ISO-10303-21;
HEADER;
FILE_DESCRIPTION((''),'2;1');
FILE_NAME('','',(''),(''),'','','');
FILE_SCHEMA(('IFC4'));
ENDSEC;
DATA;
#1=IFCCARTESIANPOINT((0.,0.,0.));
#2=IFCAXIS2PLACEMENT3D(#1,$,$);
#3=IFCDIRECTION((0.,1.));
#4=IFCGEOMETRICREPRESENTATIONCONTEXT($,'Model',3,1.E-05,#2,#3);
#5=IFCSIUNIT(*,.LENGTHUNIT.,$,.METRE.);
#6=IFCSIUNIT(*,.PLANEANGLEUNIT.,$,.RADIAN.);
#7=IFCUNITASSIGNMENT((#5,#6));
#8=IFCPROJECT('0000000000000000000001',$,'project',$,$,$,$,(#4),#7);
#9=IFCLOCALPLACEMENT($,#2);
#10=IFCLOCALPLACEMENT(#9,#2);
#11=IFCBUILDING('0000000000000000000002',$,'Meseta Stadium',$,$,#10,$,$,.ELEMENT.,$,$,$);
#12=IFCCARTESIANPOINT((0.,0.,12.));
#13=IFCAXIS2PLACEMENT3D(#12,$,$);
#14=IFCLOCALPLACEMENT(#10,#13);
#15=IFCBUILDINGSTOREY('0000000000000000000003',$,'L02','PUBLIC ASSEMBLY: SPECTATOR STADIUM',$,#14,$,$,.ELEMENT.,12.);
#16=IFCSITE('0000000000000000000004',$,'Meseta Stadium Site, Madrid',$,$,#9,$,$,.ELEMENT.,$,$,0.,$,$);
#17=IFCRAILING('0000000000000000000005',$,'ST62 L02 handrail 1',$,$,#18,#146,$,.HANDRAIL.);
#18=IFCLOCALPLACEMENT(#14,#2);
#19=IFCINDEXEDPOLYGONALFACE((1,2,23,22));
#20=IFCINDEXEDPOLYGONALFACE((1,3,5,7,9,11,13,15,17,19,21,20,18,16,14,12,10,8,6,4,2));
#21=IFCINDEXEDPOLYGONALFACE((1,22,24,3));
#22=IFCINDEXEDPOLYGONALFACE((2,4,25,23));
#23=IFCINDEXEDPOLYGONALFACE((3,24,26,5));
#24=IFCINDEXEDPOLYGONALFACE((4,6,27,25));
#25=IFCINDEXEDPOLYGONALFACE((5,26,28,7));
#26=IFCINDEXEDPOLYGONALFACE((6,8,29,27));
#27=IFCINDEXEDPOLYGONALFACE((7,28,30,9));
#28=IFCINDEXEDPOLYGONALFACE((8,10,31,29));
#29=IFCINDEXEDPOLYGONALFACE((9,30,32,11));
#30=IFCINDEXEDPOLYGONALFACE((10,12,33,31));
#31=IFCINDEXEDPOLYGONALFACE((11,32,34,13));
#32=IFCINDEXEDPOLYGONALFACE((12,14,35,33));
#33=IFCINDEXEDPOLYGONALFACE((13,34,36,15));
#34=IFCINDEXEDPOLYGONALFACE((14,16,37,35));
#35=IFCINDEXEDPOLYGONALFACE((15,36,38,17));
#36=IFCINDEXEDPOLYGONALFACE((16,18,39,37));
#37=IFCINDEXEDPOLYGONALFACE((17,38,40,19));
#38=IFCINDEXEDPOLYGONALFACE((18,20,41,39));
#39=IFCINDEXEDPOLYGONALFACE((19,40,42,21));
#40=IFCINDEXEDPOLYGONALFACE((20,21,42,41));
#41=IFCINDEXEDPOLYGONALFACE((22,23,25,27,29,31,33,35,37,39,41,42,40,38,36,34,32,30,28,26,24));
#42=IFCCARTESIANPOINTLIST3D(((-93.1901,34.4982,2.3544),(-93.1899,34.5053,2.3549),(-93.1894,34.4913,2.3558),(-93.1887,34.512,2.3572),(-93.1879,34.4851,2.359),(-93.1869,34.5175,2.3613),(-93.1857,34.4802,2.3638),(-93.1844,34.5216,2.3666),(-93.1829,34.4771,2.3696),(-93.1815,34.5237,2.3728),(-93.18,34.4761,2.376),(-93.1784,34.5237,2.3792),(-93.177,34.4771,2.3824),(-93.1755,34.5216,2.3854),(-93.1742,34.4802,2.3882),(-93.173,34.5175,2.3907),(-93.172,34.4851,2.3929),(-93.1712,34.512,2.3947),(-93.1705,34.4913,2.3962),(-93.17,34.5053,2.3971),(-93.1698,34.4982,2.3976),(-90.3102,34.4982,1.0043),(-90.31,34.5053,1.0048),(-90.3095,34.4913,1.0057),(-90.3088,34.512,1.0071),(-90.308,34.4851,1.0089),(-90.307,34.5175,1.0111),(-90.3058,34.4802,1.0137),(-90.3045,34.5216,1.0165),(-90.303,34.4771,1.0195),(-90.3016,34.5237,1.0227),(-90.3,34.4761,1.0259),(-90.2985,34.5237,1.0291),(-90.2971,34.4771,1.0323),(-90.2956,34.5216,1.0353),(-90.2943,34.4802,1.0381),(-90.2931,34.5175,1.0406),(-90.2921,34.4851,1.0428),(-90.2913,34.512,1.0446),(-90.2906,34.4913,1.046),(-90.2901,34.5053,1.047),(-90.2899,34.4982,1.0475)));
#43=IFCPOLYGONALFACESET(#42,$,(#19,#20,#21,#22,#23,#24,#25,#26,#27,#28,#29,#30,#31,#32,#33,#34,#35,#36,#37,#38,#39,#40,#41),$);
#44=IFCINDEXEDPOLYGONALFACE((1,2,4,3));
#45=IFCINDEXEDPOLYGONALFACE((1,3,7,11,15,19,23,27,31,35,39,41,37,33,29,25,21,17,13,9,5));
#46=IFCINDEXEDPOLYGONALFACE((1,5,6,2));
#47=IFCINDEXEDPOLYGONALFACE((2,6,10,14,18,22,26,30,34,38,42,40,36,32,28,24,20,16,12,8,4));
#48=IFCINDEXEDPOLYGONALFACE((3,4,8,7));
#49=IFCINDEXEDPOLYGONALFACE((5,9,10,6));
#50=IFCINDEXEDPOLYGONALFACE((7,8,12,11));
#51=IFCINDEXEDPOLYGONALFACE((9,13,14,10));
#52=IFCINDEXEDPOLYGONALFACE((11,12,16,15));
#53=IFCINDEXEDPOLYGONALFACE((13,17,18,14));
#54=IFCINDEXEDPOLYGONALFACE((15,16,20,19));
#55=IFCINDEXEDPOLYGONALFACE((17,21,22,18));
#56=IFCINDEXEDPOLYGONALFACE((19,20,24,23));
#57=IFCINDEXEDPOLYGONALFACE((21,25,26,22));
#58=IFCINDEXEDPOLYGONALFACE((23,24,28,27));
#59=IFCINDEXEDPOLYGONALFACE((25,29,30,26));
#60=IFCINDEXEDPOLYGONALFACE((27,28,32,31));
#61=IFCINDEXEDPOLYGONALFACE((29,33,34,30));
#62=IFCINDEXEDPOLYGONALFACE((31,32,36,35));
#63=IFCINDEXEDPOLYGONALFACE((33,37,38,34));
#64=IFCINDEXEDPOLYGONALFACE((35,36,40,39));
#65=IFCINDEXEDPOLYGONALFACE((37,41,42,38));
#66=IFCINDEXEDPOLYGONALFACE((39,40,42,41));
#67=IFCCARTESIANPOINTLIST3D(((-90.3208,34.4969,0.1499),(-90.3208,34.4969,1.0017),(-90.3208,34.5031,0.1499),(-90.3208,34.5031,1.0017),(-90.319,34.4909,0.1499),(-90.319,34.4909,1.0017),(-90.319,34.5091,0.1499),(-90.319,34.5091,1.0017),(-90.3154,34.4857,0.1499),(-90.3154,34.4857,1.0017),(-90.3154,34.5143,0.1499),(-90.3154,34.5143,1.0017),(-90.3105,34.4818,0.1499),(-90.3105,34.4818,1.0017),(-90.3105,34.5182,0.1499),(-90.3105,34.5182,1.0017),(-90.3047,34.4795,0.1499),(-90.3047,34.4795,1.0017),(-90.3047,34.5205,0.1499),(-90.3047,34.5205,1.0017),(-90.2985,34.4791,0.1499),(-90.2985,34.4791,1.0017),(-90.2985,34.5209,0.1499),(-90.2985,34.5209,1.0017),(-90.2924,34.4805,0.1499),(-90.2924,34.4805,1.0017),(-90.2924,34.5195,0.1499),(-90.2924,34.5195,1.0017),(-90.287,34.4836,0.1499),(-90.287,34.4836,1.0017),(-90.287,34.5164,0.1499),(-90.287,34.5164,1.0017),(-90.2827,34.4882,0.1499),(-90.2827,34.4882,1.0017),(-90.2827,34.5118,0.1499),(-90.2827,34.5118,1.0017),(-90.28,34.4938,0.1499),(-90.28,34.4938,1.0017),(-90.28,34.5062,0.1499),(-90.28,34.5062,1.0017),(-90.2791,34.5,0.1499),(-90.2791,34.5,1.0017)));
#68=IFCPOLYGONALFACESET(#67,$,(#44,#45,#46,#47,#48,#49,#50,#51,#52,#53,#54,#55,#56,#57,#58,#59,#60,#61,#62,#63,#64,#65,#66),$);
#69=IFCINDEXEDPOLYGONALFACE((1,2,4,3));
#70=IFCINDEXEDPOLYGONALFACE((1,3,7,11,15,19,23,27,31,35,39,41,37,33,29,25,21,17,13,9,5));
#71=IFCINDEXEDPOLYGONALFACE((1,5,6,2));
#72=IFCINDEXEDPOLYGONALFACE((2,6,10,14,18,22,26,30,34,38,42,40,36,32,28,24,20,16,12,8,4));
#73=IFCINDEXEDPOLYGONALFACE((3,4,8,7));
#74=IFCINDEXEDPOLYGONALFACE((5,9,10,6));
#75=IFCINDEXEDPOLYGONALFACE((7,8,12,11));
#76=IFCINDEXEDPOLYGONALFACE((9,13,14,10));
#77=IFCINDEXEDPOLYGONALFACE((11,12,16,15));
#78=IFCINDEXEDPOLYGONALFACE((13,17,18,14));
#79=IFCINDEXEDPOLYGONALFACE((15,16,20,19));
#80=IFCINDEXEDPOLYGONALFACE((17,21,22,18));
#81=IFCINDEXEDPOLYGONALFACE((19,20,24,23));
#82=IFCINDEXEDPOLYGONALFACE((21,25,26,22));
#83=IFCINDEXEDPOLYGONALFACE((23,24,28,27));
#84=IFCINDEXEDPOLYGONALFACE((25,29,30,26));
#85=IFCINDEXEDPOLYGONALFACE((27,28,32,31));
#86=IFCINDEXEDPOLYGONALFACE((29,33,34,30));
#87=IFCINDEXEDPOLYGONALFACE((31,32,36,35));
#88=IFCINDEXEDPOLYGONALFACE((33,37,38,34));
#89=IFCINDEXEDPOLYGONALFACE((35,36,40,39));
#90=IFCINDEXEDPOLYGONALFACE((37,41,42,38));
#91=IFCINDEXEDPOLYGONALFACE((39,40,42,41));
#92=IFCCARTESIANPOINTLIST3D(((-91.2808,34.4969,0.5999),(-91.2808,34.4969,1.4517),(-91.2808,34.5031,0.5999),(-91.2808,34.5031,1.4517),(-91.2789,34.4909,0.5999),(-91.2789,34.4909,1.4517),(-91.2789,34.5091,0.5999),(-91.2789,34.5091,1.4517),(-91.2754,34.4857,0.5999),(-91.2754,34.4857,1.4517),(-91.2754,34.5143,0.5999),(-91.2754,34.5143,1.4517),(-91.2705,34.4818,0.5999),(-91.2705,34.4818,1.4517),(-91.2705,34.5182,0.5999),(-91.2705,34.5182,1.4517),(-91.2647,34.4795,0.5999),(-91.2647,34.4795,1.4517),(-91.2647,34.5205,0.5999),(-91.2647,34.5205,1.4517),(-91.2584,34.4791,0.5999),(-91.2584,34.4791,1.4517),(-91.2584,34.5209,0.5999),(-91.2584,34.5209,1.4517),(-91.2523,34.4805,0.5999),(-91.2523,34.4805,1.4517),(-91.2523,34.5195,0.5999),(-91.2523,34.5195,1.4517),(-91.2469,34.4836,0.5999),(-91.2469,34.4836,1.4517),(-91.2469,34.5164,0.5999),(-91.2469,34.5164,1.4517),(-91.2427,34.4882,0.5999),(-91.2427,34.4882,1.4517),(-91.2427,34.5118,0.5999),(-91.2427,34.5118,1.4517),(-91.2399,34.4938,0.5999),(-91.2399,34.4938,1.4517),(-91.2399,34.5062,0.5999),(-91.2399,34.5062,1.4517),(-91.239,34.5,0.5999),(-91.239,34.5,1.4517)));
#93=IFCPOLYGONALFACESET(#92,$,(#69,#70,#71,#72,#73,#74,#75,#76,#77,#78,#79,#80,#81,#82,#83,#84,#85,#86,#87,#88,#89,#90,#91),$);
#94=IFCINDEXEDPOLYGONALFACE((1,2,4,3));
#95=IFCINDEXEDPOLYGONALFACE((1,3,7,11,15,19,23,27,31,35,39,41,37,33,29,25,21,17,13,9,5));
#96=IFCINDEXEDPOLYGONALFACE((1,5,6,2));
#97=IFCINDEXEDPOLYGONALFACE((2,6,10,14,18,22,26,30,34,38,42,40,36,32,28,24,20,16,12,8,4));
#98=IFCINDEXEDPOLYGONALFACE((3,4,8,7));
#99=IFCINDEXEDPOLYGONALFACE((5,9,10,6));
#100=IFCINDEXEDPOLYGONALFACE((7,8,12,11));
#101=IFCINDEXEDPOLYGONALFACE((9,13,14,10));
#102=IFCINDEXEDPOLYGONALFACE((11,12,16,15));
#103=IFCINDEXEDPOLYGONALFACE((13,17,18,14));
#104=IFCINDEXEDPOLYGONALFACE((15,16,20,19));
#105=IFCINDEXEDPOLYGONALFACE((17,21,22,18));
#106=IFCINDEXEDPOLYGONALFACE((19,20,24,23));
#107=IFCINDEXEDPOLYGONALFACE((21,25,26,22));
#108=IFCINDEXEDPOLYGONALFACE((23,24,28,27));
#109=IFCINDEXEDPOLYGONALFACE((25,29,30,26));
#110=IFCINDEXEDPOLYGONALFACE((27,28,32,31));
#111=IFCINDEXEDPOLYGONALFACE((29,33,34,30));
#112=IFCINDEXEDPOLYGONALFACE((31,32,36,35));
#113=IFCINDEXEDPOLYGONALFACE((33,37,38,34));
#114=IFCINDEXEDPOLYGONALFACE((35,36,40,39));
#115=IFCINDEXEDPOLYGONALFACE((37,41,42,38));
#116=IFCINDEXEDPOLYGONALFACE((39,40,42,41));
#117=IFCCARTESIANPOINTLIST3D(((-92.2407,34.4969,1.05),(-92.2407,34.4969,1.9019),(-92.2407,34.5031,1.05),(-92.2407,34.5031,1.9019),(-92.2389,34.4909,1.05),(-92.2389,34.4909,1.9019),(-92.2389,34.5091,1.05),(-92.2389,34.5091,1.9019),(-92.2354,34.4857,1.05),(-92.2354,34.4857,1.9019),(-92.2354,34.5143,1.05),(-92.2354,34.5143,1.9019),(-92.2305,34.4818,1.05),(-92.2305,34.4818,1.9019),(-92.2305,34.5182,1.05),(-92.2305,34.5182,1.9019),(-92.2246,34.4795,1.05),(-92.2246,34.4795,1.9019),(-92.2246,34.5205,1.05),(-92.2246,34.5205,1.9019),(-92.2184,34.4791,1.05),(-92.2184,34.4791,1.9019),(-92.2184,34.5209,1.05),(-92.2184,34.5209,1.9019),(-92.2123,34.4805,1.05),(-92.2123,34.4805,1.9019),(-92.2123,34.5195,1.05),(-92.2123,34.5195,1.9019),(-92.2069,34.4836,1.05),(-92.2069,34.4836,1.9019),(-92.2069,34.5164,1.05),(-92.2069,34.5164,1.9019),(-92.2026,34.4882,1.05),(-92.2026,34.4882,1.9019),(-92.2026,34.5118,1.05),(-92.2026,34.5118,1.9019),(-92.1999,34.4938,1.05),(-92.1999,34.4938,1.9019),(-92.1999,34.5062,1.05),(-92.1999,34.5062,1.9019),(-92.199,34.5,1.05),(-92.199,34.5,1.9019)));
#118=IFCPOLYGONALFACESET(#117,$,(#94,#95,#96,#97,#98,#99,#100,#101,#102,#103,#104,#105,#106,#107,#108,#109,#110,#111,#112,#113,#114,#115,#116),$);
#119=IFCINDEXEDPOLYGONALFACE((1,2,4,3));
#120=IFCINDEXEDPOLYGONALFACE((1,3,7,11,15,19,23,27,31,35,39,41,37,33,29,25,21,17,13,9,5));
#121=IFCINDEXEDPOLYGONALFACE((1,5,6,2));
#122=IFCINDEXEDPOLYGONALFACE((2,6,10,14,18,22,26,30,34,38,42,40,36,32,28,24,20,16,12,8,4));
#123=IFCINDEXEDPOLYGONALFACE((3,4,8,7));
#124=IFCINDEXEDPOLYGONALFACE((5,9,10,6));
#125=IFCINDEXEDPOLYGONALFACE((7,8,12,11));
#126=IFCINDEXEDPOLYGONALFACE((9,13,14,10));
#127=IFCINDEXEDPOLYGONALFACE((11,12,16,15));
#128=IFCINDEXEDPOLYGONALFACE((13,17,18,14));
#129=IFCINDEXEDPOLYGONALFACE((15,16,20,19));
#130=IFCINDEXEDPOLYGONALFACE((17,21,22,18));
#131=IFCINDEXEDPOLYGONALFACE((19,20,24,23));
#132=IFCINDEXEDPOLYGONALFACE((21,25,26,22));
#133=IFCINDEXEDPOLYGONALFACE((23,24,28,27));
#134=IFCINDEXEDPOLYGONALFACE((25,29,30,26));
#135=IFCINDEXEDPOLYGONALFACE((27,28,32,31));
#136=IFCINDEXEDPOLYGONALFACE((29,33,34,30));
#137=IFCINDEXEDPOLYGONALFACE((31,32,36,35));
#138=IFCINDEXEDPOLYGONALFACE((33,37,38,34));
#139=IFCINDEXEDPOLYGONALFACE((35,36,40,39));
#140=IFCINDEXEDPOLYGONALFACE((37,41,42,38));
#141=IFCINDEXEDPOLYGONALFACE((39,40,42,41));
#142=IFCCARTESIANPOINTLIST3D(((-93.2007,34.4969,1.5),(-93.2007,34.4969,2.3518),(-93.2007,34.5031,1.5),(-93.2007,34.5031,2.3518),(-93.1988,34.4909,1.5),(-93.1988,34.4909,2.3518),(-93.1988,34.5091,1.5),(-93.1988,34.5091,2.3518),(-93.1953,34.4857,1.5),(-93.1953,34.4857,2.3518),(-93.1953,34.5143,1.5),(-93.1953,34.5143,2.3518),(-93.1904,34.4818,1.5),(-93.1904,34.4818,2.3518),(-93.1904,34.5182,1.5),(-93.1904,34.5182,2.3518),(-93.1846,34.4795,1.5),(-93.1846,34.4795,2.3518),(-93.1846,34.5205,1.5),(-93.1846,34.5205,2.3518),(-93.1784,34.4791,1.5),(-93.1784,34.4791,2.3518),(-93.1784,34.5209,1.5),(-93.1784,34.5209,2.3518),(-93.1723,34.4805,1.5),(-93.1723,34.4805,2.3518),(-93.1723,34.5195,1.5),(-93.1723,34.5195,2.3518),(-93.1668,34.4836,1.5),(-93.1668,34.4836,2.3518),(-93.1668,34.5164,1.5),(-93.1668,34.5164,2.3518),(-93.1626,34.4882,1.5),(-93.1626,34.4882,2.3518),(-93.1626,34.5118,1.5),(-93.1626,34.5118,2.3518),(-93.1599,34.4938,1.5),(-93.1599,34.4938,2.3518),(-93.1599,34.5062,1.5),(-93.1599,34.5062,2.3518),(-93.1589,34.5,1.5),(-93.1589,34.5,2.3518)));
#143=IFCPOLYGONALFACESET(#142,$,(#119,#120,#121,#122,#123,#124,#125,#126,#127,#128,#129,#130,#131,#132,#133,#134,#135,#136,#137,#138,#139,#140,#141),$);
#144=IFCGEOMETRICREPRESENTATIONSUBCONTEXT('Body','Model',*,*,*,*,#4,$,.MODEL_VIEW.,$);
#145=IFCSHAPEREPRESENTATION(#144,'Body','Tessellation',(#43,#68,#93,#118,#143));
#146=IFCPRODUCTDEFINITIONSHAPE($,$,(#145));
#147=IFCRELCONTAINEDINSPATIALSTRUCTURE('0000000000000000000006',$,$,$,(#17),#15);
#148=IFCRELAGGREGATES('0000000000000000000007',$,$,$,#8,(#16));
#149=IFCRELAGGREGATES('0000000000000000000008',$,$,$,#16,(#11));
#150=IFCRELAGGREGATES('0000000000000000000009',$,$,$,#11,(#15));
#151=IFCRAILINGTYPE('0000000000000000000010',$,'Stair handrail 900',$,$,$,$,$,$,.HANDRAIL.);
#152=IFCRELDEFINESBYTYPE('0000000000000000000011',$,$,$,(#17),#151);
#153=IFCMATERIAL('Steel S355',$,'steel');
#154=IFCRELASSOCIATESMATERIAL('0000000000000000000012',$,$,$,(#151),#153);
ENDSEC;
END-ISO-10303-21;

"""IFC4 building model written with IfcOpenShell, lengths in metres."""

from ifc_helpers import new_model, si_unit, direction, frame, origin, origin_2d, place, context, subcontext, project, spatial, circle, extrude, material, type_object, element, save


model = new_model("IFC4")

# Units and contexts
model_context = context("Model", 3, precision=1e-05, world=origin(), true_north=direction((0.0, 1.0)))
body_context = subcontext(model_context, "Body", "Model", "MODEL_VIEW")
ifc_project = project(units=[si_unit("LENGTHUNIT", "METRE"), si_unit("PLANEANGLEUNIT", "RADIAN")], contexts=[model_context])

# Site, building, storey
site_placement = place(None, origin())
site = spatial("IfcSite", under=ifc_project, at=site_placement, Name="Meseta Stadium Site, Madrid", CompositionType="ELEMENT", RefElevation=0.0)
building_placement = place(site_placement, origin())
building = spatial("IfcBuilding", under=site, at=building_placement, Name="Meseta Stadium", CompositionType="ELEMENT")
storey_placement = place(building_placement, frame((0.0, 0.0, 12.0)))
storey = spatial("IfcBuildingStorey", under=building, at=storey_placement, Name="L02", Description="PUBLIC ASSEMBLY: SPECTATOR STADIUM", CompositionType="ELEMENT", Elevation=12.0)

# Railing
ifc_material_1 = material(Name="Steel S355", Category="steel")
railing_type_1 = type_object("IfcRailingType", Name="Stair handrail 900", PredefinedType="HANDRAIL", material=ifc_material_1)
for number, where, name in (
    (1, (-90.3, 34.5, 0.1499), "ST62 L02 handrail 1"),
):
    element("IfcRailing", number, at=place(storey_placement, frame(where)), inside=storey, type_object=railing_type_1, Name=name, PredefinedType="HANDRAIL", context=body_context, shape_type="SweptSolid", body=[
        extrude(circle(Radius=0.0239, at=origin_2d()), frame((0.0, 0.0, 0.876), z_axis=(-0.90544, 0.0, 0.424473), x_axis=(0.0, -1.0, 0.0)), (0.0, 0.0, 1.0), 3.1807),
        extrude(circle(Radius=0.021, at=origin_2d()), origin(), (0.0, 0.0, 1.0), 0.8518),
        extrude(circle(Radius=0.021, at=origin_2d()), frame((-0.96, 0.0, 0.45)), (0.0, 0.0, 1.0), 0.8518),
        extrude(circle(Radius=0.021, at=origin_2d()), frame((-1.9199, 0.0, 0.9001)), (0.0, 0.0, 1.0), 0.8518),
        extrude(circle(Radius=0.021, at=origin_2d()), frame((-2.8799, 0.0, 1.3501)), (0.0, 0.0, 1.0), 0.8518),
    ])

save(model, "model.ifc")
